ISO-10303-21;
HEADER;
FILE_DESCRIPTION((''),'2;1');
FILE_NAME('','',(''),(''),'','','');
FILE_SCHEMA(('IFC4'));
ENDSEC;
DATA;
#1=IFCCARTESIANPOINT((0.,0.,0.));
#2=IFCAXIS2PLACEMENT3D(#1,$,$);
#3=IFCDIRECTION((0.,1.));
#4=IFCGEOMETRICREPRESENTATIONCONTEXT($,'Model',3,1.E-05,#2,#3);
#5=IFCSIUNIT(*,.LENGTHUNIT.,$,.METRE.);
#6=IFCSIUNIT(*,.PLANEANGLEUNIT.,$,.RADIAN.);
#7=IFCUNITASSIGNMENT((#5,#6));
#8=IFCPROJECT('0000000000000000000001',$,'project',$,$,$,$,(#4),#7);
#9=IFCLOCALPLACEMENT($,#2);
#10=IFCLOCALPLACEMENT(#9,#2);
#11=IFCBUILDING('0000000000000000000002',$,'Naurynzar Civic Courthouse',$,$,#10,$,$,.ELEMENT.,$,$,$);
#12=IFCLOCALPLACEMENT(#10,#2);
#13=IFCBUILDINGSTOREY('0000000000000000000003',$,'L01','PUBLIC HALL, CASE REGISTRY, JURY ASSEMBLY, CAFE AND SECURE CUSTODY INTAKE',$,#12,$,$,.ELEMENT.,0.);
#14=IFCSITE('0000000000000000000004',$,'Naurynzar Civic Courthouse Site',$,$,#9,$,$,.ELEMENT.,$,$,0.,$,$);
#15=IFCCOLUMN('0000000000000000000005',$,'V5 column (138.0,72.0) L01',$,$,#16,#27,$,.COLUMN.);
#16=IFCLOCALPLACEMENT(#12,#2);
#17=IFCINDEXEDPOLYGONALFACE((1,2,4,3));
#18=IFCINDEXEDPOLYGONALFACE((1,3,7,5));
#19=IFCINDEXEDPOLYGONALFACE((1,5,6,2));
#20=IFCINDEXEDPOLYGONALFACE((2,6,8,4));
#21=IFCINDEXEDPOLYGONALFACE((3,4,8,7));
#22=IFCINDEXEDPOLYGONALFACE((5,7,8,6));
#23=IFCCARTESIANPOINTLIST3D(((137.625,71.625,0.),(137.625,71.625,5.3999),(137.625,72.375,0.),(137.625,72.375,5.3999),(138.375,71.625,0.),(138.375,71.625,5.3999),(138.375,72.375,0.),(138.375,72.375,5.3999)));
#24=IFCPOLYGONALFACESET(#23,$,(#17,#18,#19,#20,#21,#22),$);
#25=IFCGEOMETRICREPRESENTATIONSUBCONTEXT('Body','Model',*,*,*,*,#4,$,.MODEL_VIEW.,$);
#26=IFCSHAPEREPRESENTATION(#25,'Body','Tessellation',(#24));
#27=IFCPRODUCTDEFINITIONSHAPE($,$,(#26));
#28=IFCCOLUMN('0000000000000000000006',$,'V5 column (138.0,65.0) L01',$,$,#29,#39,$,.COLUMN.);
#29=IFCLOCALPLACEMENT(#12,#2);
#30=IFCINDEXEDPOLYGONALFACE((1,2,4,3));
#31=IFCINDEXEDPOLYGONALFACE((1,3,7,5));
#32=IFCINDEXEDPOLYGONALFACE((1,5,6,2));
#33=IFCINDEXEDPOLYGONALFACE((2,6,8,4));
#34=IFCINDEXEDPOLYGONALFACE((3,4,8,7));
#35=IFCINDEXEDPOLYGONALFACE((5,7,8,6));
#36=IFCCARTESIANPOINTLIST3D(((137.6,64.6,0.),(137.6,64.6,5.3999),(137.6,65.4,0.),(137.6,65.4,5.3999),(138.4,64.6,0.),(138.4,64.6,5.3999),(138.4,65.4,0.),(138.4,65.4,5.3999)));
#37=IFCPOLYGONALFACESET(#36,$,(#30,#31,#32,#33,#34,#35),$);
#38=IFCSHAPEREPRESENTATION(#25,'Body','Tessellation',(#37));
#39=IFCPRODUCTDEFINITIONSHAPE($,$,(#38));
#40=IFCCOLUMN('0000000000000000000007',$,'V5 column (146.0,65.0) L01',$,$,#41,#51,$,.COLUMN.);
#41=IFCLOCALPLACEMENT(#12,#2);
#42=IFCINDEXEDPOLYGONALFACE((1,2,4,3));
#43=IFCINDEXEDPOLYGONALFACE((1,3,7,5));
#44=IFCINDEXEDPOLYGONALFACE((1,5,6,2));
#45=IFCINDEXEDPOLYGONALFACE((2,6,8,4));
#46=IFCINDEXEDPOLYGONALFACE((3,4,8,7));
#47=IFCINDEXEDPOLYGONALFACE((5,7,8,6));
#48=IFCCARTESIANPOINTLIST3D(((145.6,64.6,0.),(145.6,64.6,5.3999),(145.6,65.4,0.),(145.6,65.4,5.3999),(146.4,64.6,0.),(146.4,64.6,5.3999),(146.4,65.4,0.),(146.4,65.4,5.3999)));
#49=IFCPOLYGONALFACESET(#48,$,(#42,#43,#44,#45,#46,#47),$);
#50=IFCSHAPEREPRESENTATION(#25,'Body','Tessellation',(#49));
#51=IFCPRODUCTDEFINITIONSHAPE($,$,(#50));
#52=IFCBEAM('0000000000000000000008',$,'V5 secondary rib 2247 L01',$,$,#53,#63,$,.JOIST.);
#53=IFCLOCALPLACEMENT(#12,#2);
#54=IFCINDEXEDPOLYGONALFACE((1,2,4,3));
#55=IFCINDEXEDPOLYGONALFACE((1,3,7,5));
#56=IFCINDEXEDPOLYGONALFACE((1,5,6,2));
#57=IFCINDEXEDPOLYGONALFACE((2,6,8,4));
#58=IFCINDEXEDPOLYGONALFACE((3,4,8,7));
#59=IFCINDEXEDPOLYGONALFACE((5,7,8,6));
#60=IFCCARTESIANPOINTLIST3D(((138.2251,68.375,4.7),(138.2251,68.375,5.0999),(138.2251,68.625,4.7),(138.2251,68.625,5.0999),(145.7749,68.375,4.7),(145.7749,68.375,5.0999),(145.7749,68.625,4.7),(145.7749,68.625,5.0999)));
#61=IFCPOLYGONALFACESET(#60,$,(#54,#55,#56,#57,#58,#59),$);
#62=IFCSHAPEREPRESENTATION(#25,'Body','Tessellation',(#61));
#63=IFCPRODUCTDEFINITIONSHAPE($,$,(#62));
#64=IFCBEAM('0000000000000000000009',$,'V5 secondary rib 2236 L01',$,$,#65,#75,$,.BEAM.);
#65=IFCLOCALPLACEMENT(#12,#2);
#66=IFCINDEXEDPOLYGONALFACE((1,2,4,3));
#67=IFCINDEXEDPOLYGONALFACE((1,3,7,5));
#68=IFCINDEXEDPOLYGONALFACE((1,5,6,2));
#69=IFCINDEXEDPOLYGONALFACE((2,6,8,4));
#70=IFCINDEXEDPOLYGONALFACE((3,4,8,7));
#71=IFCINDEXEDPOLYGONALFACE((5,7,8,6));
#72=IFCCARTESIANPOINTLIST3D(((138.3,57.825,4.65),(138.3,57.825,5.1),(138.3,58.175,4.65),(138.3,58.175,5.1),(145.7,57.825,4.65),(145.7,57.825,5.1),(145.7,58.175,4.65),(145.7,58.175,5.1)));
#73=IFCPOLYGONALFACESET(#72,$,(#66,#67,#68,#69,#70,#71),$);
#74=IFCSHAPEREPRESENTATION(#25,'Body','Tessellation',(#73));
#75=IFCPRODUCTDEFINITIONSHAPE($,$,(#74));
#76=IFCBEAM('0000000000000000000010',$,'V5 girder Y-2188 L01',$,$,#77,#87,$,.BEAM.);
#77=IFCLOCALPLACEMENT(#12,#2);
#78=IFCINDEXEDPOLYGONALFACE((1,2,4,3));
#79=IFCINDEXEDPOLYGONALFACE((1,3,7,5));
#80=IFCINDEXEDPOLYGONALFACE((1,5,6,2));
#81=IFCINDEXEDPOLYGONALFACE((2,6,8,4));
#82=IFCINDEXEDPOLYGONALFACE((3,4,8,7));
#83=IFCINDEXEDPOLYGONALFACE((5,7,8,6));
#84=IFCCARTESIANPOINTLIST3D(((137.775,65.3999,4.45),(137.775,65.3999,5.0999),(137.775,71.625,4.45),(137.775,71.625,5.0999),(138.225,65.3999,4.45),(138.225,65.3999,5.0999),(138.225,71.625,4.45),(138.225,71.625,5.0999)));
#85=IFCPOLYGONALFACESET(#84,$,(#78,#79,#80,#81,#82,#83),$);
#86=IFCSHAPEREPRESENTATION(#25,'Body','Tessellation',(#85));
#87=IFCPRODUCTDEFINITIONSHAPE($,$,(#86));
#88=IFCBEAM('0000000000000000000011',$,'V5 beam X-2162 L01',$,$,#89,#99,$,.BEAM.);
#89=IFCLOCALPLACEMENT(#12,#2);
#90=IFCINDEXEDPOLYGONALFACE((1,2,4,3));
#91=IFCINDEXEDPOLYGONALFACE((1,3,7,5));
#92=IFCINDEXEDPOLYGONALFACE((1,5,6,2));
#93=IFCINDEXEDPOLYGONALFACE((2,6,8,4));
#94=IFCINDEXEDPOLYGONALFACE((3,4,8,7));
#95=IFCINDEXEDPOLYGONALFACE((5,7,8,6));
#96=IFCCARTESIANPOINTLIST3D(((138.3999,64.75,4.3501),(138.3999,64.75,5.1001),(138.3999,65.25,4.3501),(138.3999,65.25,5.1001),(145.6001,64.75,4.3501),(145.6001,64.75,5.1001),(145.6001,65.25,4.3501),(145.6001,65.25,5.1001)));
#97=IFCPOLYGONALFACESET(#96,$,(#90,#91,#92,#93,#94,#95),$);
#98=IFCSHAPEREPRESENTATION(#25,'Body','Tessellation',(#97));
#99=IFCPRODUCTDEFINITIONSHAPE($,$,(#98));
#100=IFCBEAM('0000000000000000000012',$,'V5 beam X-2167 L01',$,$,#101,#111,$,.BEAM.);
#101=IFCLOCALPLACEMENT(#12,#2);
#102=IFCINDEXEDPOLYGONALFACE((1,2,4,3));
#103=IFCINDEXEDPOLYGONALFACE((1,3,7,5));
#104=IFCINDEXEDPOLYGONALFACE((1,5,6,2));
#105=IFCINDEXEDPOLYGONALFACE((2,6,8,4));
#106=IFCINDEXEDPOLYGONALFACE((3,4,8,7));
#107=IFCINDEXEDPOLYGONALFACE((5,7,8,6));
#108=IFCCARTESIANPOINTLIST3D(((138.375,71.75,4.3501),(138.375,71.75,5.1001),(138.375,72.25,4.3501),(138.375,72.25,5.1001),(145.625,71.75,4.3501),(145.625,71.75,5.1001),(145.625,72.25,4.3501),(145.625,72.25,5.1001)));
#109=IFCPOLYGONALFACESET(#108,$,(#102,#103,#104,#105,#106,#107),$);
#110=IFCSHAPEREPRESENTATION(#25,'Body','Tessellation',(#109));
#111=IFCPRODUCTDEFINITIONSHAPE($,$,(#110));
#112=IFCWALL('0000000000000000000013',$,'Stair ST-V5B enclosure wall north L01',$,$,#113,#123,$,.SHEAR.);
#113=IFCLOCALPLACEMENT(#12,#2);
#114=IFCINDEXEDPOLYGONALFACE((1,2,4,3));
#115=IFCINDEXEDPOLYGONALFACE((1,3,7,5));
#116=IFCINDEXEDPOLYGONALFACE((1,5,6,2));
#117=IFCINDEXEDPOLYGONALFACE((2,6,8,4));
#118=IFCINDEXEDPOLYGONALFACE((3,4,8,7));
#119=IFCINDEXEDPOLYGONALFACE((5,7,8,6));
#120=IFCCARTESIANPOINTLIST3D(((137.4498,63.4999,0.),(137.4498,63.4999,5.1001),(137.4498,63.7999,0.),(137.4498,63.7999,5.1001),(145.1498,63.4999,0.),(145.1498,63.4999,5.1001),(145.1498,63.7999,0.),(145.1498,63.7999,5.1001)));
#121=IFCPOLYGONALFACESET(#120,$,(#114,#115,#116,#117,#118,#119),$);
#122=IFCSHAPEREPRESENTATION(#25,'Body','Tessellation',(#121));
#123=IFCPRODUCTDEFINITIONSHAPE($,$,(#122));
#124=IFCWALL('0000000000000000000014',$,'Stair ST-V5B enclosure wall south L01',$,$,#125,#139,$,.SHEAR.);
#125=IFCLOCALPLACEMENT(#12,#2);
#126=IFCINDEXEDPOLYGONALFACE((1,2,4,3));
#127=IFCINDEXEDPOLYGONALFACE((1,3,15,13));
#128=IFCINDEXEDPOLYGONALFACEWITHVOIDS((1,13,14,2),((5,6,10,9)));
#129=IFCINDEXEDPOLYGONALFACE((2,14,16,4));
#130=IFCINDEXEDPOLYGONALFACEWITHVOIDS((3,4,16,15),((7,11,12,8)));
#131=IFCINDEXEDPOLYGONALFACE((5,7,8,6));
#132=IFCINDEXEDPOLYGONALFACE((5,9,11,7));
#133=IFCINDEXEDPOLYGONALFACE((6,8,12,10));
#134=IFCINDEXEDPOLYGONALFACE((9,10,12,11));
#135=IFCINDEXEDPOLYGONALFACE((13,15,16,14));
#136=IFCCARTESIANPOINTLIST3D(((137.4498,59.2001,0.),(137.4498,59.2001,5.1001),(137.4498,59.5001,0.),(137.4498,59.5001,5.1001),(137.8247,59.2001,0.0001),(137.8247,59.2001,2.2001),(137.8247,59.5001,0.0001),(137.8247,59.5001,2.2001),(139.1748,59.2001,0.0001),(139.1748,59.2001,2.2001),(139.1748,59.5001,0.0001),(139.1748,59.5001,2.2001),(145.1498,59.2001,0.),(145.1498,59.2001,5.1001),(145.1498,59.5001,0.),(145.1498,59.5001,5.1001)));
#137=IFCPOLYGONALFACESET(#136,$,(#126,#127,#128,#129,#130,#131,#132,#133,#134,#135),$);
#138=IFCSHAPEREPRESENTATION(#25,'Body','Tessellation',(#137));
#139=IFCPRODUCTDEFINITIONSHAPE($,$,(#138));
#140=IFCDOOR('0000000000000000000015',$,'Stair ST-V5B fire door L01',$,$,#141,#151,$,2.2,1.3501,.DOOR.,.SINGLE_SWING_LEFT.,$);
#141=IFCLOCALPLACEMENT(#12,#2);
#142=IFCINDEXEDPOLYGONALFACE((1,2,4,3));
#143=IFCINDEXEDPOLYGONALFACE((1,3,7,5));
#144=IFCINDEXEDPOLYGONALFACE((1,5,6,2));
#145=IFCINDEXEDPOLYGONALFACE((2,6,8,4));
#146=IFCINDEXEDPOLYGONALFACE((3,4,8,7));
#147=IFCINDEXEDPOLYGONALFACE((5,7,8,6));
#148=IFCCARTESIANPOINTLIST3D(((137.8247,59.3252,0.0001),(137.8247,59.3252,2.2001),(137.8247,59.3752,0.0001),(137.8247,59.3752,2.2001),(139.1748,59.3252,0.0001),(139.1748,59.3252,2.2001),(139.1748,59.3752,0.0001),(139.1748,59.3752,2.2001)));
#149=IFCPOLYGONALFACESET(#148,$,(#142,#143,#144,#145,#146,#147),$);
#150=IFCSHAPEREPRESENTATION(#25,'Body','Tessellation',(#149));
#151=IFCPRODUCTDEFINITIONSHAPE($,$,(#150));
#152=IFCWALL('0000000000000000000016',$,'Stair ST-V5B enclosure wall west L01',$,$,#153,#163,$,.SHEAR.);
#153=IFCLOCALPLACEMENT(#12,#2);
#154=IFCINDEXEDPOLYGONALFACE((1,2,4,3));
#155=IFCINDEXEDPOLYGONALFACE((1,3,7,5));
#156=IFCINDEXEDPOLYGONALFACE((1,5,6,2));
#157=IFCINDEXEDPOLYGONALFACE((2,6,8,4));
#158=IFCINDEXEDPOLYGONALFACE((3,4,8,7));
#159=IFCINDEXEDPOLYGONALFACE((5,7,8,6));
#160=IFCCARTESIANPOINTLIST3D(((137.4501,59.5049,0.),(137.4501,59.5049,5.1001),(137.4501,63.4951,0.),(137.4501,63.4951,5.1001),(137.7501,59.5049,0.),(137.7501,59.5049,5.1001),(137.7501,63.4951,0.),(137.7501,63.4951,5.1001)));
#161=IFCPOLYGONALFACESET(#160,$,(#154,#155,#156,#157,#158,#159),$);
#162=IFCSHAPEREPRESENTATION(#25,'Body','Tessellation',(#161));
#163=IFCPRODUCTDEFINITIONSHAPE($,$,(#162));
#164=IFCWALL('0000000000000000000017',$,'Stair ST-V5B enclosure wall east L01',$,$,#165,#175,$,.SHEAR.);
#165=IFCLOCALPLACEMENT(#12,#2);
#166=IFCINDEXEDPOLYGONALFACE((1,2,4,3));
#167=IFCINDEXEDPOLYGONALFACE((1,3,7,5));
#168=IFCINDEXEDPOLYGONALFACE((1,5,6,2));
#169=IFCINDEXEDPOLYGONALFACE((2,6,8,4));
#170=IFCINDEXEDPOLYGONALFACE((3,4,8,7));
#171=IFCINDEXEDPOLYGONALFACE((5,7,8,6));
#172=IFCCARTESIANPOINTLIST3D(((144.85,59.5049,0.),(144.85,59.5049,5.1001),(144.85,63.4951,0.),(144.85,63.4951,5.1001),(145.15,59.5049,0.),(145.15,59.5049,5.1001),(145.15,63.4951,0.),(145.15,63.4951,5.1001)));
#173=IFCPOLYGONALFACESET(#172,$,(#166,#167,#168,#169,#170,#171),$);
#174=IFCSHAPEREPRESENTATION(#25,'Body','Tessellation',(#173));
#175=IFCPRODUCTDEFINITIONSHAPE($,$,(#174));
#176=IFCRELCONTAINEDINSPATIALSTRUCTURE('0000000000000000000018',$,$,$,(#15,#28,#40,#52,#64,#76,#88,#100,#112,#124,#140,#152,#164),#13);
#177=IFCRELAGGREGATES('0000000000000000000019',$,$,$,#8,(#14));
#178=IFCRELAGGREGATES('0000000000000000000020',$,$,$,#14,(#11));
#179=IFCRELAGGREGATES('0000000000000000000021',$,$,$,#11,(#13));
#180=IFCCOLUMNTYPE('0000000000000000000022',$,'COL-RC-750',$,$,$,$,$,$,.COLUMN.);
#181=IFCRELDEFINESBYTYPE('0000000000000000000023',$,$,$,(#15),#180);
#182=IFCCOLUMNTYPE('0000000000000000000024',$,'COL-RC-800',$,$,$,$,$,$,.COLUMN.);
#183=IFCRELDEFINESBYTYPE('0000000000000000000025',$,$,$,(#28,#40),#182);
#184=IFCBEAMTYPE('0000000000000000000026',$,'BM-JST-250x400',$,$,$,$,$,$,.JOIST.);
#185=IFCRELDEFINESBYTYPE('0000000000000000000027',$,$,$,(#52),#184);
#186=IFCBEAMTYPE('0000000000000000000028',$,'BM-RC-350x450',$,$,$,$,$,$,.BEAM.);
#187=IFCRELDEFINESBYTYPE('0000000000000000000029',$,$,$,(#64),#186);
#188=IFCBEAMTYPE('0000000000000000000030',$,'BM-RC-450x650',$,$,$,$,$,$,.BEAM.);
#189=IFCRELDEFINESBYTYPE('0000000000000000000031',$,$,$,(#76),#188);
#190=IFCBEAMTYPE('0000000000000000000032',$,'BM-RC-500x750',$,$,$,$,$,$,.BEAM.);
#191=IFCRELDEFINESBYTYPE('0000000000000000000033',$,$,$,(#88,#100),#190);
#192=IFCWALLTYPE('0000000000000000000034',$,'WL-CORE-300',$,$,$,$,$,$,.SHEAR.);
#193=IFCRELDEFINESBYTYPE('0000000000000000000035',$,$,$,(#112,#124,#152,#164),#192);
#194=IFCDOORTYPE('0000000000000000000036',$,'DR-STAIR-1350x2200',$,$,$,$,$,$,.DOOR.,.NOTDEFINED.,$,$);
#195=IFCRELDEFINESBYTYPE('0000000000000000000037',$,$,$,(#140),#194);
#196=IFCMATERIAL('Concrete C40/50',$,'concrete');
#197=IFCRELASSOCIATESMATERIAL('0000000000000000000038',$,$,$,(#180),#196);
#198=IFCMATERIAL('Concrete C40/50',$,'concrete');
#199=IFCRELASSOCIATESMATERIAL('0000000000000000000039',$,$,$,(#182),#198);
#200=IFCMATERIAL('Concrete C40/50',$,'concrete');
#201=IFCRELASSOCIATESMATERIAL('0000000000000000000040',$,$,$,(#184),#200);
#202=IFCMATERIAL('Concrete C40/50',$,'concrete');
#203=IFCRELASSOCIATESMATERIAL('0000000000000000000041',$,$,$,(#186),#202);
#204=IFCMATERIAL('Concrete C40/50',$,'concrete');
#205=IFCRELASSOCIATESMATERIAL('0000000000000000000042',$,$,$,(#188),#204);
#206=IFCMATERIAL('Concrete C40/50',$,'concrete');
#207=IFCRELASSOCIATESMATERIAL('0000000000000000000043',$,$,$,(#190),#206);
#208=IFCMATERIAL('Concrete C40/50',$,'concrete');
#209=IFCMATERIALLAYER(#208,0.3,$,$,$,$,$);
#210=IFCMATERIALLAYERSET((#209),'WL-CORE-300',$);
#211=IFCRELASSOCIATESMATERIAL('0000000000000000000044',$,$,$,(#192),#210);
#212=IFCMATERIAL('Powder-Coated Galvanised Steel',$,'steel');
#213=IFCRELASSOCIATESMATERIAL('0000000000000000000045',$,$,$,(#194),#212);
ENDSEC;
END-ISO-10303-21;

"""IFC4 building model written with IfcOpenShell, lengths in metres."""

from ifc_helpers import new_model, si_unit, direction, frame, frame_2d, origin, origin_2d, place, context, subcontext, project, spatial, rectangle, extrude, material, layer, layer_set, material_profile, profile_set, type_object, element, fill, save


model = new_model("IFC4")

# Units and contexts
model_context = context("Model", 3, precision=1e-05, world=origin(), true_north=direction((0.0, 1.0)))
body_context = subcontext(model_context, "Body", "Model", "MODEL_VIEW")
ifc_project = project(units=[si_unit("LENGTHUNIT", "METRE"), si_unit("PLANEANGLEUNIT", "RADIAN")], contexts=[model_context])

# Site, building, storey
site_placement = place(None, origin())
site = spatial("IfcSite", under=ifc_project, at=site_placement, Name="Naurynzar Civic Courthouse Site", CompositionType="ELEMENT", RefElevation=0.0)
building_placement = place(site_placement, origin())
building = spatial("IfcBuilding", under=site, at=building_placement, Name="Naurynzar Civic Courthouse", CompositionType="ELEMENT")
storey_placement = place(building_placement, origin())
storey = spatial("IfcBuildingStorey", under=building, at=storey_placement, Name="L01", Description="PUBLIC HALL, CASE REGISTRY, JURY ASSEMBLY, CAFE AND SECURE CUSTODY INTAKE", CompositionType="ELEMENT", Elevation=0.0)

# Columns
ifc_material_1 = material(Name="Concrete C40/50", Category="concrete")
ifc_material_profile_1 = material_profile(ifc_material_1, rectangle(XDim=0.75, YDim=0.75, at=origin_2d()), Name="RC 750x750")
ifc_profile_set_1 = profile_set([ifc_material_profile_1], Name="Concrete C40/50")
column_type_1 = type_object("IfcColumnType", Name="COL-RC-750", PredefinedType="COLUMN", material=ifc_profile_set_1)
column_placement = place(storey_placement, frame((138.0, 72.0, 0.0), z_axis=(0.0, 0.0, 1.0), x_axis=(1.0, 0.0, 0.0)))
element("IfcColumn", 1, at=column_placement, inside=storey, type_object=column_type_1, Name="V5 column (138.0,72.0) L01", PredefinedType="COLUMN", context=body_context, shape_type="SweptSolid", body=[
    extrude(rectangle(XDim=0.75, YDim=0.75, at=origin_2d()), origin(), (0.0, 0.0, 1.0), 5.3999),
])
ifc_material_2 = material(Name="Concrete C40/50", Category="concrete")
ifc_material_profile_2 = material_profile(ifc_material_2, rectangle(XDim=0.8, YDim=0.8, at=origin_2d()), Name="RC 800x800")
ifc_profile_set_2 = profile_set([ifc_material_profile_2], Name="Concrete C40/50")
column_type_2 = type_object("IfcColumnType", Name="COL-RC-800", PredefinedType="COLUMN", material=ifc_profile_set_2)
for number, where, z_axis, x_axis, name in (
    (2, (138.0, 65.0, 0.0), (0.0, 0.0, 1.0), (1.0, 0.0, 0.0), "V5 column (138.0,65.0) L01"),
    (3, (146.0, 65.0, 0.0), (0.0, 0.0, 1.0), (1.0, 0.0, 0.0), "V5 column (146.0,65.0) L01"),
):
    element("IfcColumn", number, at=place(storey_placement, frame(where, z_axis=z_axis, x_axis=x_axis)), inside=storey, type_object=column_type_2, Name=name, PredefinedType="COLUMN", context=body_context, shape_type="SweptSolid", body=[
        extrude(rectangle(XDim=0.8, YDim=0.8, at=origin_2d()), origin(), (0.0, 0.0, 1.0), 5.3999),
    ])

# Beams
ifc_material_3 = material(Name="Concrete C40/50", Category="concrete")
ifc_material_profile_3 = material_profile(ifc_material_3, rectangle(XDim=0.25, YDim=0.3999, at=origin_2d()), Name="RCB 250x400")
ifc_profile_set_3 = profile_set([ifc_material_profile_3], Name="Concrete C40/50")
beam_type_1 = type_object("IfcBeamType", Name="BM-JST-250x400", PredefinedType="JOIST", material=ifc_profile_set_3)
beam_1_placement = place(storey_placement, frame((138.2251, 68.5, 4.8999), z_axis=(1.0, 0.0, 0.0), x_axis=(0.0, 1.0, 0.0)))
element("IfcBeam", 4, at=beam_1_placement, inside=storey, type_object=beam_type_1, Name="V5 secondary rib 2247 L01", PredefinedType="JOIST", context=body_context, shape_type="SweptSolid", body=[
    extrude(rectangle(XDim=0.25, YDim=0.3999, at=origin_2d()), origin(), (0.0, 0.0, 1.0), 7.5498),
])
ifc_material_4 = material(Name="Concrete C40/50", Category="concrete")
ifc_material_profile_4 = material_profile(ifc_material_4, rectangle(XDim=0.3501, YDim=0.45, at=origin_2d()), Name="RCB 350x450")
ifc_profile_set_4 = profile_set([ifc_material_profile_4], Name="Concrete C40/50")
beam_type_2 = type_object("IfcBeamType", Name="BM-RC-350x450", PredefinedType="BEAM", material=ifc_profile_set_4)
beam_2_placement = place(storey_placement, frame((138.3, 58.0, 4.875), z_axis=(1.0, 0.0, 0.0), x_axis=(0.0, 1.0, 0.0)))
element("IfcBeam", 5, at=beam_2_placement, inside=storey, type_object=beam_type_2, Name="V5 secondary rib 2236 L01", PredefinedType="BEAM", context=body_context, shape_type="SweptSolid", body=[
    extrude(rectangle(XDim=0.3501, YDim=0.45, at=origin_2d()), origin(), (0.0, 0.0, 1.0), 7.3999),
])
ifc_material_5 = material(Name="Concrete C40/50", Category="concrete")
ifc_material_profile_5 = material_profile(ifc_material_5, rectangle(XDim=0.45, YDim=0.6499, at=origin_2d()), Name="RCB 450x650")
ifc_profile_set_5 = profile_set([ifc_material_profile_5], Name="Concrete C40/50")
beam_type_3 = type_object("IfcBeamType", Name="BM-RC-450x650", PredefinedType="BEAM", material=ifc_profile_set_5)
beam_3_placement = place(storey_placement, frame((138.0, 65.3999, 4.7749), z_axis=(0.0, 1.0, 0.0), x_axis=(-1.0, 0.0, 0.0)))
element("IfcBeam", 6, at=beam_3_placement, inside=storey, type_object=beam_type_3, Name="V5 girder Y-2188 L01", PredefinedType="BEAM", context=body_context, shape_type="SweptSolid", body=[
    extrude(rectangle(XDim=0.45, YDim=0.6499, at=origin_2d()), origin(), (0.0, 0.0, 1.0), 6.2251),
])
ifc_material_6 = material(Name="Concrete C40/50", Category="concrete")
ifc_material_profile_6 = material_profile(ifc_material_6, rectangle(XDim=0.5, YDim=0.75, at=origin_2d()), Name="RCB 500x750")
ifc_profile_set_6 = profile_set([ifc_material_profile_6], Name="Concrete C40/50")
beam_type_4 = type_object("IfcBeamType", Name="BM-RC-500x750", PredefinedType="BEAM", material=ifc_profile_set_6)
beam_4_placement = place(storey_placement, frame((138.3999, 65.0, 4.7251), z_axis=(1.0, 0.0, 0.0), x_axis=(0.0, 1.0, 0.0)))
element("IfcBeam", 7, at=beam_4_placement, inside=storey, type_object=beam_type_4, Name="V5 beam X-2162 L01", PredefinedType="BEAM", context=body_context, shape_type="SweptSolid", body=[
    extrude(rectangle(XDim=0.5, YDim=0.75, at=origin_2d()), origin(), (0.0, 0.0, 1.0), 7.2002),
])
beam_5_placement = place(storey_placement, frame((138.375, 72.0, 4.7251), z_axis=(1.0, 0.0, 0.0), x_axis=(0.0, 1.0, 0.0)))
element("IfcBeam", 8, at=beam_5_placement, inside=storey, type_object=beam_type_4, Name="V5 beam X-2167 L01", PredefinedType="BEAM", context=body_context, shape_type="SweptSolid", body=[
    extrude(rectangle(XDim=0.5, YDim=0.75, at=origin_2d()), origin(), (0.0, 0.0, 1.0), 7.25),
])

# Wall
ifc_material_7 = material(Name="Concrete C40/50", Category="concrete")
ifc_layer_1 = layer(ifc_material_7, 0.3)
ifc_layer_set_1 = layer_set([ifc_layer_1], Name="WL-CORE-300")
wall_type_1 = type_object("IfcWallType", Name="WL-CORE-300", PredefinedType="SHEAR", material=ifc_layer_set_1)
wall_1_placement = place(storey_placement, frame((145.1499, 63.6499, 0.0), z_axis=(0.0, 0.0, 1.0), x_axis=(-1.0, 0.0, 0.0)))
element("IfcWall", 9, at=wall_1_placement, inside=storey, type_object=wall_type_1, Name="Stair ST-V5B enclosure wall north L01", PredefinedType="SHEAR", context=body_context, shape_type="SweptSolid", body=[
    extrude(rectangle(XDim=7.7, YDim=0.3, at=frame_2d((3.8501, 0.0))), origin(), (0.0, 0.0, 1.0), 5.1001),
])

# Wall, opening, door
wall_2_placement = place(storey_placement, frame((145.1499, 59.3501, 0.0), z_axis=(0.0, 0.0, 1.0), x_axis=(-1.0, 0.0, 0.0)))
wall_2 = element("IfcWall", 10, at=wall_2_placement, inside=storey, type_object=wall_type_1, Name="Stair ST-V5B enclosure wall south L01", PredefinedType="SHEAR", context=body_context, shape_type="SweptSolid", body=[
    extrude(rectangle(XDim=7.7, YDim=0.3, at=frame_2d((3.8501, 0.0))), origin(), (0.0, 0.0, 1.0), 5.1001),
])
opening_placement = place(wall_2_placement, frame((5.9751, 0.0, 0.0)))
opening = element("IfcOpeningElement", 11, at=opening_placement, cuts=wall_2, PredefinedType="OPENING", context=body_context, shape_type="SweptSolid", body=[
    extrude(rectangle(XDim=1.3501, YDim=2.2, at=frame_2d((0.675, 1.1001))), frame((0.0, 0.1599, 0.0), z_axis=(0.0, -1.0, 0.0), x_axis=(1.0, 0.0, 0.0)), (0.0, 0.0, 1.0), 0.3201),
])
ifc_material_8 = material(Name="Powder-Coated Galvanised Steel", Category="steel")
door_type = type_object("IfcDoorType", Name="DR-STAIR-1350x2200", OperationType="NOTDEFINED", PredefinedType="DOOR", material=ifc_material_8)
door_placement = place(opening_placement, origin())
door = element("IfcDoor", 12, at=door_placement, inside=storey, type_object=door_type, Name="Stair ST-V5B fire door L01", OperationType="SINGLE_SWING_LEFT", OverallHeight=2.2, OverallWidth=1.3501, PredefinedType="DOOR", context=body_context, shape_type="SweptSolid", body=[
    extrude(rectangle(XDim=1.3501, YDim=2.2, at=frame_2d((0.675, 1.1001))), frame((0.0, 0.0249, 0.0), z_axis=(0.0, -1.0, 0.0), x_axis=(1.0, 0.0, 0.0)), (0.0, 0.0, 1.0), 0.05),
])
fill(opening, door)

# Walls
for number, where, z_axis, x_axis, name in (
    (13, (137.6001, 63.4951, 0.0), (0.0, 0.0, 1.0), (0.0, -1.0, 0.0), "Stair ST-V5B enclosure wall west L01"),
    (14, (145.0, 59.5049, 0.0), (0.0, 0.0, 1.0), (0.0, 1.0, 0.0), "Stair ST-V5B enclosure wall east L01"),
):
    element("IfcWall", number, at=place(storey_placement, frame(where, z_axis=z_axis, x_axis=x_axis)), inside=storey, type_object=wall_type_1, Name=name, PredefinedType="SHEAR", context=body_context, shape_type="SweptSolid", body=[
        extrude(rectangle(XDim=3.9902, YDim=0.3, at=frame_2d((1.9951, 0.0))), origin(), (0.0, 0.0, 1.0), 5.1001),
    ])

save(model, "model.ifc")
